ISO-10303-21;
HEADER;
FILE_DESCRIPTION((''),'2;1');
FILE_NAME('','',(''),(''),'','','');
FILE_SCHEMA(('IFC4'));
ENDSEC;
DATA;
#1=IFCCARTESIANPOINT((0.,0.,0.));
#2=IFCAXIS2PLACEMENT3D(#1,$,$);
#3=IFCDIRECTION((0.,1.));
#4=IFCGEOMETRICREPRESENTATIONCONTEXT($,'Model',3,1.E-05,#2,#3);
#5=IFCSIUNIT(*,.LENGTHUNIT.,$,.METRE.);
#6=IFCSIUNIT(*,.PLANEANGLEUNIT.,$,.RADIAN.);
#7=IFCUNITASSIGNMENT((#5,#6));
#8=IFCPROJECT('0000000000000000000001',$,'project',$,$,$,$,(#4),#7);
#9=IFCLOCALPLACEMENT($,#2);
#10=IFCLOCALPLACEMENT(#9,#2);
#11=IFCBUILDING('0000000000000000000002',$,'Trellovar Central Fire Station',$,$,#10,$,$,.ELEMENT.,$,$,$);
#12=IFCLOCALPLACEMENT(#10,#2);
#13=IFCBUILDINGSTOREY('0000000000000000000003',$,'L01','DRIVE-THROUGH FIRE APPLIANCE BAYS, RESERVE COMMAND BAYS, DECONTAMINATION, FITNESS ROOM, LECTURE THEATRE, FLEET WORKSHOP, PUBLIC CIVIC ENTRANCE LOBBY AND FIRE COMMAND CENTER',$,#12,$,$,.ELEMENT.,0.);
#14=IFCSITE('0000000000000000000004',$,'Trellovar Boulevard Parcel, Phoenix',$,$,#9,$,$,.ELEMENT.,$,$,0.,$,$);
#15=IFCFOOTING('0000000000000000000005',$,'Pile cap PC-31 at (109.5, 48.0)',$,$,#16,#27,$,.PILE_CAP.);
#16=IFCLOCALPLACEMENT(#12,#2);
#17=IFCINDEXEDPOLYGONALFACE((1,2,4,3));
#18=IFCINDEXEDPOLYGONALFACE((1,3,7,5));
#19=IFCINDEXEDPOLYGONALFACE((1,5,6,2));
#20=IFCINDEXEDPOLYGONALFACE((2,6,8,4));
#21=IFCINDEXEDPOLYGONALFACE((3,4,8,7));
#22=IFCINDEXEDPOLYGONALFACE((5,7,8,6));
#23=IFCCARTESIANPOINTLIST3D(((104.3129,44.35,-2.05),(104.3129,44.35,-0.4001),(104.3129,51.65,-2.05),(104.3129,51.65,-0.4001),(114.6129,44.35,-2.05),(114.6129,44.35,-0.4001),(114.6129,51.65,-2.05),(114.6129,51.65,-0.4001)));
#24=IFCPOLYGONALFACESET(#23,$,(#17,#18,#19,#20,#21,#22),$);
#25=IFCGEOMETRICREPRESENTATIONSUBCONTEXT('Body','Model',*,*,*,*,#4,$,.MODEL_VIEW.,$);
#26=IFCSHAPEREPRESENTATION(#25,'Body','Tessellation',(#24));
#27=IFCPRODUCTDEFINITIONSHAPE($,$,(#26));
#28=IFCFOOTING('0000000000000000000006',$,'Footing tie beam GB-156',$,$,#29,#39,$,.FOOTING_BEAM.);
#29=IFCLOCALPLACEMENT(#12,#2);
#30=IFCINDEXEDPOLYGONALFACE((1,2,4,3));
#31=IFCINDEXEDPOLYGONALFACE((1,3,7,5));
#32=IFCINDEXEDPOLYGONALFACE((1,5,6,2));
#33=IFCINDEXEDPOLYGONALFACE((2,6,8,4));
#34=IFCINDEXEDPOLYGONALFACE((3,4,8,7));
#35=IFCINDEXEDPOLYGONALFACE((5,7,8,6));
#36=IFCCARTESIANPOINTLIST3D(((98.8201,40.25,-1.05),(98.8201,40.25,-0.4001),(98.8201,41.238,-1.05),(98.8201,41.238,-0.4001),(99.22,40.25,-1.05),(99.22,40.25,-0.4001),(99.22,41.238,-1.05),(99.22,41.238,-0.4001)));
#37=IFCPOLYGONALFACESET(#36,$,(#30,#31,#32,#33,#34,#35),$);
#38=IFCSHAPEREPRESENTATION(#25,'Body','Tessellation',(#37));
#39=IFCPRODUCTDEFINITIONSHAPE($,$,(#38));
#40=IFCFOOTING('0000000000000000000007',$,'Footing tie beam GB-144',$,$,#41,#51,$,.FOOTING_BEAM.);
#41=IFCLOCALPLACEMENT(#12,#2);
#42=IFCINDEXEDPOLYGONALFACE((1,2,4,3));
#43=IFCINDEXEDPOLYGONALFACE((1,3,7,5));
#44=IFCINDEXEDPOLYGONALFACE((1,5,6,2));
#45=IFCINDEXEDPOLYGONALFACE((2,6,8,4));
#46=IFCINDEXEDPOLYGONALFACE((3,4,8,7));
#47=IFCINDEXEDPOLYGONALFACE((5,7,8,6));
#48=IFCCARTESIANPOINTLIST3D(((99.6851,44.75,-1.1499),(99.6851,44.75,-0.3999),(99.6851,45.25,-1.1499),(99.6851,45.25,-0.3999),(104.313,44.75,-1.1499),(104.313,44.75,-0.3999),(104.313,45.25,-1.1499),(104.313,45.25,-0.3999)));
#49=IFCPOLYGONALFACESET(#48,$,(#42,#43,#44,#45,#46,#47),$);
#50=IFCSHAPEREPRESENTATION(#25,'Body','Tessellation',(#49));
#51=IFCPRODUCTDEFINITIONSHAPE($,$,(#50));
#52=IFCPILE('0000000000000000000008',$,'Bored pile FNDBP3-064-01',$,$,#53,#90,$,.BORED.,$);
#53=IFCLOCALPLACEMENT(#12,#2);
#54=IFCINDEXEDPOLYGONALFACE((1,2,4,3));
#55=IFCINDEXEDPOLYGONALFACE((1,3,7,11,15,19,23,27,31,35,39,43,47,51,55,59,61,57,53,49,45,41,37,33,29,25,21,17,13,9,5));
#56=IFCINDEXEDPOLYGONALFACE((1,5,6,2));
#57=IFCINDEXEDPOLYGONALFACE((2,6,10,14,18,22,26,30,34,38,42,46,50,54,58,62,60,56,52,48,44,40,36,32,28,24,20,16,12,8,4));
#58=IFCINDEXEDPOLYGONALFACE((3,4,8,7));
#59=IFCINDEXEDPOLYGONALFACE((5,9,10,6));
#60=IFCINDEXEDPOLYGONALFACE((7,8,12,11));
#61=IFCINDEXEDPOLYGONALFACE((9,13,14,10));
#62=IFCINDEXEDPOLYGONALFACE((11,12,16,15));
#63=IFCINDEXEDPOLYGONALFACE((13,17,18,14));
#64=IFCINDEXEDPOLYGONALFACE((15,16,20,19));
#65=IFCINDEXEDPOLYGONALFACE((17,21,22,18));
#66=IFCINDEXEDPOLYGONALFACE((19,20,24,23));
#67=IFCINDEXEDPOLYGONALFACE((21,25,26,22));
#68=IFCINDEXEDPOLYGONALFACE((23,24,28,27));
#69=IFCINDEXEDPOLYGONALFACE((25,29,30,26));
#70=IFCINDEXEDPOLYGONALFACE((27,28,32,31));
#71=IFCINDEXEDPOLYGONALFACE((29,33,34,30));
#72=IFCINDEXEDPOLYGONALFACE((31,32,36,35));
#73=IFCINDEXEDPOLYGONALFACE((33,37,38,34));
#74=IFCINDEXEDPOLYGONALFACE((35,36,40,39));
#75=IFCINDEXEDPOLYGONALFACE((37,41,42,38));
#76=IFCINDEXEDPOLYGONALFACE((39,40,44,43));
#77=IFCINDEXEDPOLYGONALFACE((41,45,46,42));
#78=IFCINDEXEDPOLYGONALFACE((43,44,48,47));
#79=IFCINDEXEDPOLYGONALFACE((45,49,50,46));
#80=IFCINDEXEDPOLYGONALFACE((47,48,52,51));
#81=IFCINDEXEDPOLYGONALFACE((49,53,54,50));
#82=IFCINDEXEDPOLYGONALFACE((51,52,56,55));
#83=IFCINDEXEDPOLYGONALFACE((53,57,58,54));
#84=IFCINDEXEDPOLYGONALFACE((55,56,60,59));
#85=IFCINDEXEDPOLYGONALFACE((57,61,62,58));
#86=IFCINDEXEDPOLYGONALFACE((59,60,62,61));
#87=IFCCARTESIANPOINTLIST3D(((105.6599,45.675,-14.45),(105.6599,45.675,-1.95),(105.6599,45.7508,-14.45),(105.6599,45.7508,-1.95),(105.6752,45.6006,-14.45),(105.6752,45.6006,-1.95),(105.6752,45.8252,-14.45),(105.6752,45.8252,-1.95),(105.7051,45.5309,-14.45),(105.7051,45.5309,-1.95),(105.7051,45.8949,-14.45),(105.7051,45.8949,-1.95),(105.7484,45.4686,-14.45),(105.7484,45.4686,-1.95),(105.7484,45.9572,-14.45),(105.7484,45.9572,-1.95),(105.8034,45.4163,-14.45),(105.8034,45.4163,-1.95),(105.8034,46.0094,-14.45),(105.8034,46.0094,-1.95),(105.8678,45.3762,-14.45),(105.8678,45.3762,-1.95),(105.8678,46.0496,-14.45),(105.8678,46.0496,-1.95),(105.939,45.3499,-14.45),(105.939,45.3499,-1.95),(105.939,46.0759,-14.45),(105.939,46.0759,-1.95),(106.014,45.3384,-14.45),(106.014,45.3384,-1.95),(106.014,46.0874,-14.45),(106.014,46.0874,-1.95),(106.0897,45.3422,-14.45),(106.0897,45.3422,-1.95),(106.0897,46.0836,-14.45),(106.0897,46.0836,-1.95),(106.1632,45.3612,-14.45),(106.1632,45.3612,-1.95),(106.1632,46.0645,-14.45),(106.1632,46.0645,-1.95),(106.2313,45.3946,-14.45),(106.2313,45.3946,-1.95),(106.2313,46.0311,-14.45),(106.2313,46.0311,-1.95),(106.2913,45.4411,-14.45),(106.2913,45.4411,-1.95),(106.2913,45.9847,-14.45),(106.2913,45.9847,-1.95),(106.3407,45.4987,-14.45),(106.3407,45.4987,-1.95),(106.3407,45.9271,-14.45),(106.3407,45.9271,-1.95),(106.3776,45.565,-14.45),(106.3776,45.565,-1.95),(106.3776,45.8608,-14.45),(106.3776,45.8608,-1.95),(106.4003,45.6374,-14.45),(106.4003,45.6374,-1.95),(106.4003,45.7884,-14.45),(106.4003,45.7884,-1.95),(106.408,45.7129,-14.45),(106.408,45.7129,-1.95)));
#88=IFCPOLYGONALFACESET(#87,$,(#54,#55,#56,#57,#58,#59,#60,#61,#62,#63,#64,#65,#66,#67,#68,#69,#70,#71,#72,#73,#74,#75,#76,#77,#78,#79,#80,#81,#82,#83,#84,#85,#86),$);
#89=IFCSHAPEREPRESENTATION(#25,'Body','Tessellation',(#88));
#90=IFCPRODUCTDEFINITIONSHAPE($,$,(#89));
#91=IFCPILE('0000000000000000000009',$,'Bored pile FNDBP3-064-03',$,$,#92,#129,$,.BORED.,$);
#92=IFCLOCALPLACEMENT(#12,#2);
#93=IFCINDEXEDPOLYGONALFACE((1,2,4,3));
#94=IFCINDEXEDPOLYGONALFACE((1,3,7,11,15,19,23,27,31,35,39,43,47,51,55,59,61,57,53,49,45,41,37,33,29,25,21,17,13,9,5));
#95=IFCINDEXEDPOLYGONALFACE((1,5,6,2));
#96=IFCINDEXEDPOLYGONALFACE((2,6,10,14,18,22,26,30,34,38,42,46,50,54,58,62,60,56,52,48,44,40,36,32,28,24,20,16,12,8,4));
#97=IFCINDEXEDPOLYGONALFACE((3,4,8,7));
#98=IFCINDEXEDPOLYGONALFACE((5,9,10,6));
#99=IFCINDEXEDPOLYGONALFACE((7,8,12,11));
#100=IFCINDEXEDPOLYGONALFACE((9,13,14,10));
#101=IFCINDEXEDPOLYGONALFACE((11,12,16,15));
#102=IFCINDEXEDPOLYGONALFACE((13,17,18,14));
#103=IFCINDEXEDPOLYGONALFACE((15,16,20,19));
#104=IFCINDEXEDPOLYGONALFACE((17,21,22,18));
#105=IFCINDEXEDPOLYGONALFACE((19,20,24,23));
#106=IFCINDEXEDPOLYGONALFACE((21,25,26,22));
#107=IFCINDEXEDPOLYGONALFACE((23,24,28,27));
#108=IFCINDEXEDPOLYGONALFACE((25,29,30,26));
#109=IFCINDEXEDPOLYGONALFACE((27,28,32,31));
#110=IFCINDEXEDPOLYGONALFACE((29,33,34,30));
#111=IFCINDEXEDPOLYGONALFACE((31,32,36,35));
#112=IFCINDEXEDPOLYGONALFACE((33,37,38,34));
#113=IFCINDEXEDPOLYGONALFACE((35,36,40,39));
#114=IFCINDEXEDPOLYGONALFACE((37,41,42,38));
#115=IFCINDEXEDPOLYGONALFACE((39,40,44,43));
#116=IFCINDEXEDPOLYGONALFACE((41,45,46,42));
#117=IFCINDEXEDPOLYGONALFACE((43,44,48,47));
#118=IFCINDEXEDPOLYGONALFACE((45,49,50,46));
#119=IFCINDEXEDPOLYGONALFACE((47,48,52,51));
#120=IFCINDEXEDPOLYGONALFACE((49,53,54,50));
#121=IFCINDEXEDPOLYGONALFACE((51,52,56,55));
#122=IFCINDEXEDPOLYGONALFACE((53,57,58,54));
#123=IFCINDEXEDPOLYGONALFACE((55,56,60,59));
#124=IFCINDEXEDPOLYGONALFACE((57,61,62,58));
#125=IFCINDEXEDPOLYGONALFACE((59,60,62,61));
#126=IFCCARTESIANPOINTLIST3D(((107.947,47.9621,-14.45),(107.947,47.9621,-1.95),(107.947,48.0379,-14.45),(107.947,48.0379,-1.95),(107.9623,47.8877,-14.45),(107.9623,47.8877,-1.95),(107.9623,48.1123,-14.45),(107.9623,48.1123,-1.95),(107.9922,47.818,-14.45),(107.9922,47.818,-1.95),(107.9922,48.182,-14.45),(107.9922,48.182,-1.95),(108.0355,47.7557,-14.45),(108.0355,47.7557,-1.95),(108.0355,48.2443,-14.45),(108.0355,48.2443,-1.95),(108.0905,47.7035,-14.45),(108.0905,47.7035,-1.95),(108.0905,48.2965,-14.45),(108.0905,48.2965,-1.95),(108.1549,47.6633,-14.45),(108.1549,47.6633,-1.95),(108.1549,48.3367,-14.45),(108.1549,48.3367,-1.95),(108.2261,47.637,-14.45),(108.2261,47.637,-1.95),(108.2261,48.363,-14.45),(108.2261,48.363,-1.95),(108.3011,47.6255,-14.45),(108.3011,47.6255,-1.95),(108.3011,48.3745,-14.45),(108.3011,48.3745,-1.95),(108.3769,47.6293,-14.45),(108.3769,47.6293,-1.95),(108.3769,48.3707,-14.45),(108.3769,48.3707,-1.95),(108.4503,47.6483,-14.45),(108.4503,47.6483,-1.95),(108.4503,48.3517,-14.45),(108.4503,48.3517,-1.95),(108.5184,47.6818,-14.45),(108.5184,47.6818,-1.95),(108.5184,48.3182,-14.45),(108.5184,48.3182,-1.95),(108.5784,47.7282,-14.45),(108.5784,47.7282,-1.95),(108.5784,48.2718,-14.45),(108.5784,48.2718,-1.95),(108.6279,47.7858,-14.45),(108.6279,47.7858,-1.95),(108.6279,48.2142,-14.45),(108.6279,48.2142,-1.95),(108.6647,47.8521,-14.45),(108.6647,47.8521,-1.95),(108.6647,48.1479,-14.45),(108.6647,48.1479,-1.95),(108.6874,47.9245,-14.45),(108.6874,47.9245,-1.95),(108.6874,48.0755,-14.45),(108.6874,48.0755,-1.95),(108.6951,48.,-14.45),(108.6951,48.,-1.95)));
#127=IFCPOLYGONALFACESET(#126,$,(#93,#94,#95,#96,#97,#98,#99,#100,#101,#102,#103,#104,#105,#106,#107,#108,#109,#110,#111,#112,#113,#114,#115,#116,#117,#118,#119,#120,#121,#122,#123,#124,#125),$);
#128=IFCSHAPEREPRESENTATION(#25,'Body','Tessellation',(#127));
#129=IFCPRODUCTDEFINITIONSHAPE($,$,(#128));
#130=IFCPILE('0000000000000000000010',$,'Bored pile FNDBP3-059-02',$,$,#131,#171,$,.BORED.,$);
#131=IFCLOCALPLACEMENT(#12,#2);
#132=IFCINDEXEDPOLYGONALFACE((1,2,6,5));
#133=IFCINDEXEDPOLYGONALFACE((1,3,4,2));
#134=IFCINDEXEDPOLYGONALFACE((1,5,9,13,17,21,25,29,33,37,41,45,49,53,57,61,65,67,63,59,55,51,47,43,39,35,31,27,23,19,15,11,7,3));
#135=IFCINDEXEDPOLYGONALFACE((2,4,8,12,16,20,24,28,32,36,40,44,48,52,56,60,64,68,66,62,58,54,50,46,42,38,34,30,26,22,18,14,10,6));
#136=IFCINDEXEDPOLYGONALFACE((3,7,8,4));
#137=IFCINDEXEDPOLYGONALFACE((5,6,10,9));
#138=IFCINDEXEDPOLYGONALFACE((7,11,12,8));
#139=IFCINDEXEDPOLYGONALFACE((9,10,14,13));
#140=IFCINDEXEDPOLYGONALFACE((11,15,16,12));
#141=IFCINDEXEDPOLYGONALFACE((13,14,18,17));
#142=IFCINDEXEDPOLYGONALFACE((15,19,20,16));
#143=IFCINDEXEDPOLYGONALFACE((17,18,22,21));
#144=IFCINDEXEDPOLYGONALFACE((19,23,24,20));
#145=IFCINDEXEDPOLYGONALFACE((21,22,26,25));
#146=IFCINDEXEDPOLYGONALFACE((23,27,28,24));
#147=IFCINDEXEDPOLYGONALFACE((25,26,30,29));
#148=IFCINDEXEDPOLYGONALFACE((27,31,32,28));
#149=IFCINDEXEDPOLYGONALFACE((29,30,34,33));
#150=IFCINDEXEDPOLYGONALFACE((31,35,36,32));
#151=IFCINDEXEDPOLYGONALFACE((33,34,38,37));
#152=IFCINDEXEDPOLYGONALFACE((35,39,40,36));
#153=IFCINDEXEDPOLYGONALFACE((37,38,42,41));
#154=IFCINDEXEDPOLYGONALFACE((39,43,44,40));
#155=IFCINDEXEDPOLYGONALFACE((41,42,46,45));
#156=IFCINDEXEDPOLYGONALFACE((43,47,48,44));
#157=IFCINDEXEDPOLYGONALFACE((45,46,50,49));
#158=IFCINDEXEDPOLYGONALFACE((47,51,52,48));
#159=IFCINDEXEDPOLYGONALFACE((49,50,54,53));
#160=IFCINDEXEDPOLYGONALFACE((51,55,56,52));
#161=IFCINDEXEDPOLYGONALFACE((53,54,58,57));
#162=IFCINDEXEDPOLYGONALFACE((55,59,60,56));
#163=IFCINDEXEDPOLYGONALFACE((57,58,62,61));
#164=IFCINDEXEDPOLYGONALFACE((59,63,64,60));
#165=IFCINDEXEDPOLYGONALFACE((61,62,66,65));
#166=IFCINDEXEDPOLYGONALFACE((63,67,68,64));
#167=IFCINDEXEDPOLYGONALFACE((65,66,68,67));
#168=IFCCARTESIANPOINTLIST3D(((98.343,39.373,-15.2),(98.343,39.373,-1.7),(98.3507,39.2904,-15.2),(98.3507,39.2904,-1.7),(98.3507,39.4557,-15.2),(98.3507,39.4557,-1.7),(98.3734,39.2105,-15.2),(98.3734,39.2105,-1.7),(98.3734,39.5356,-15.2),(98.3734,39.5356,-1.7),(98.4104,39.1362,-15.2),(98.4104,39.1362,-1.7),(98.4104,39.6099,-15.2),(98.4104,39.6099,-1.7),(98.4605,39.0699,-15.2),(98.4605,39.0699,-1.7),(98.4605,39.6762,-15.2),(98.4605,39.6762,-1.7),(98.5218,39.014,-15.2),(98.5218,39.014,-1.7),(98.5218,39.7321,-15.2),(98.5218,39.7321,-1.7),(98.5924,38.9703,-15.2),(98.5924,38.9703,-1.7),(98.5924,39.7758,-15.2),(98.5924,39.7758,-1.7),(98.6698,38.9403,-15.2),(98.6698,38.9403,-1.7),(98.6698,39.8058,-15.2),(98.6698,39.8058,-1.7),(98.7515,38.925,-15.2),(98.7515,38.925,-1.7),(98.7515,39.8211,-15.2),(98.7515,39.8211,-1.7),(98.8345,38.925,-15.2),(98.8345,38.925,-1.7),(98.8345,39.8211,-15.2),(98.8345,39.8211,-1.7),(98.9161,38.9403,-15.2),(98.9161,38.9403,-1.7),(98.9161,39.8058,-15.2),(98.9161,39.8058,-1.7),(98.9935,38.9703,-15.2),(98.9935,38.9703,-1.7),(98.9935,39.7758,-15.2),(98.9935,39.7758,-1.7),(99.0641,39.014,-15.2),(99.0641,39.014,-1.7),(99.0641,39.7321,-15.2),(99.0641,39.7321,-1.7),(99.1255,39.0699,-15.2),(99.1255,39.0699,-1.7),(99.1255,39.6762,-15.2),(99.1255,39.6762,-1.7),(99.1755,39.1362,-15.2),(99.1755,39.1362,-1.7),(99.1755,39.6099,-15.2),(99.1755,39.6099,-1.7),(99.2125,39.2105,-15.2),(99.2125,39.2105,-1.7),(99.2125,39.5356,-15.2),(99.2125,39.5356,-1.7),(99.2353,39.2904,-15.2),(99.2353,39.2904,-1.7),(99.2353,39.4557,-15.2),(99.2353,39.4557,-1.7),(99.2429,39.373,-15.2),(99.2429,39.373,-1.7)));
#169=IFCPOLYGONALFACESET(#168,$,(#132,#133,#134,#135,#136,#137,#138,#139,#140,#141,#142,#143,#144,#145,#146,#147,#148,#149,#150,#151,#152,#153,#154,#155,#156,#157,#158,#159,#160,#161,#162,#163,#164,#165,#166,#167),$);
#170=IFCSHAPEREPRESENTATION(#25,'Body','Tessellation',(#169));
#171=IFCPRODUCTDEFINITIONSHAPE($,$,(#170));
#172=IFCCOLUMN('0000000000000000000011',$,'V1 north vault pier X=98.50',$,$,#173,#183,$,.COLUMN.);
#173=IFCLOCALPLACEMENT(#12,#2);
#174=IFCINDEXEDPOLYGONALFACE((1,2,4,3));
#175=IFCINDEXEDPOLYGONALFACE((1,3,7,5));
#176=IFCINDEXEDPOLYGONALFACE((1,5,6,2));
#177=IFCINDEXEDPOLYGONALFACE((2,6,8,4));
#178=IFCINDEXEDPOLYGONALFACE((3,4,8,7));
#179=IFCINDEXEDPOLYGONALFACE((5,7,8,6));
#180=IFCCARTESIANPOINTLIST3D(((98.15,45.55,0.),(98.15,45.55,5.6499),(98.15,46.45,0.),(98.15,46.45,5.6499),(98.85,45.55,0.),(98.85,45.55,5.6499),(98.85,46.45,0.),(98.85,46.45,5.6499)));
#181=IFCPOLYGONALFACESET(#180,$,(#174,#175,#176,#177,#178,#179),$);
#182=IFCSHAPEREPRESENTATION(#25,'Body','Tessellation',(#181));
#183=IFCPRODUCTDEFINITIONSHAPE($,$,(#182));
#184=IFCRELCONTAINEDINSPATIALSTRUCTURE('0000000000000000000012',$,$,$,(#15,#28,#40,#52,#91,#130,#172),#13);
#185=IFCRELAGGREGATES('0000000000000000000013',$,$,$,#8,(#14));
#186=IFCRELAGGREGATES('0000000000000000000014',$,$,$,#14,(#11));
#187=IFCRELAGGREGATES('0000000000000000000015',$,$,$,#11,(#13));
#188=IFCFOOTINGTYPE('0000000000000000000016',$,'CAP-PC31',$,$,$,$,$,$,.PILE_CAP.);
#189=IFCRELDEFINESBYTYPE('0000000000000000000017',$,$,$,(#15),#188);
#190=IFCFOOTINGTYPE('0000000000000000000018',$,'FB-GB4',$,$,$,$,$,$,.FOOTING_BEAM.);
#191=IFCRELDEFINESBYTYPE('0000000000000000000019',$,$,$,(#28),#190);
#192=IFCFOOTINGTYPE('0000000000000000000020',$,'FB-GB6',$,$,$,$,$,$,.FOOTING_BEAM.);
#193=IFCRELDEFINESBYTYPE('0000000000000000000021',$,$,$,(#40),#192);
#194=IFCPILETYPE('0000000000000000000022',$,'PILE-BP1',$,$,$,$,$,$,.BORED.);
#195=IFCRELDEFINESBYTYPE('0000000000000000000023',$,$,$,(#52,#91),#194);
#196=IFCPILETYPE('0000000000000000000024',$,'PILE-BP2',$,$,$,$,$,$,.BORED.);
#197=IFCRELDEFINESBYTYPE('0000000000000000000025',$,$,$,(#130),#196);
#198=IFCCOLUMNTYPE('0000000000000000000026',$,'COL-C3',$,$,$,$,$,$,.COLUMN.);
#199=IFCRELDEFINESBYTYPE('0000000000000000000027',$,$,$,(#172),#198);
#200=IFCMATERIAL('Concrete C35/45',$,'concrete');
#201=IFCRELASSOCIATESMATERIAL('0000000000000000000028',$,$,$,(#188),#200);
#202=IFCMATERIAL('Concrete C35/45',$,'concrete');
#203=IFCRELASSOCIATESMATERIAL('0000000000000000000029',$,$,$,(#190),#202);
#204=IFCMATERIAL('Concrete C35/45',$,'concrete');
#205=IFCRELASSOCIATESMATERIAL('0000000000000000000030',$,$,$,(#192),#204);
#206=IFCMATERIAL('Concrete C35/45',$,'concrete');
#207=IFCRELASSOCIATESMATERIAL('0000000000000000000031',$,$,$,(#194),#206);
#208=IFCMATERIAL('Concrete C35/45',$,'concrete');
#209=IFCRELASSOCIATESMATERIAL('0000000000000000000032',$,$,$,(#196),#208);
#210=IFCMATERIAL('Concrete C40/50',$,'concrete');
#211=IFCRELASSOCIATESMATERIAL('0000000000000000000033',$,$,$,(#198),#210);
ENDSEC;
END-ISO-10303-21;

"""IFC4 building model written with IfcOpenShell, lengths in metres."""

from ifc_helpers import new_model, si_unit, direction, frame, origin, origin_2d, place, context, subcontext, project, spatial, rectangle, circle, extrude, material, material_profile, profile_set, type_object, element, save


model = new_model("IFC4")

# Units and contexts
model_context = context("Model", 3, precision=1e-05, world=origin(), true_north=direction((0.0, 1.0)))
body_context = subcontext(model_context, "Body", "Model", "MODEL_VIEW")
ifc_project = project(units=[si_unit("LENGTHUNIT", "METRE"), si_unit("PLANEANGLEUNIT", "RADIAN")], contexts=[model_context])

# Site, building, storey
site_placement = place(None, origin())
site = spatial("IfcSite", under=ifc_project, at=site_placement, Name="Trellovar Boulevard Parcel, Phoenix", CompositionType="ELEMENT", RefElevation=0.0)
building_placement = place(site_placement, origin())
building = spatial("IfcBuilding", under=site, at=building_placement, Name="Trellovar Central Fire Station", CompositionType="ELEMENT")
storey_placement = place(building_placement, origin())
storey = spatial("IfcBuildingStorey", under=building, at=storey_placement, Name="L01", Description="DRIVE-THROUGH FIRE APPLIANCE BAYS, RESERVE COMMAND BAYS, DECONTAMINATION, FITNESS ROOM, LECTURE THEATRE, FLEET WORKSHOP, PUBLIC CIVIC ENTRANCE LOBBY AND FIRE COMMAND CENTER", CompositionType="ELEMENT", Elevation=0.0)

# Footings
ifc_material_1 = material(Name="Concrete C35/45", Category="concrete")
footing_type_1 = type_object("IfcFootingType", Name="CAP-PC31", PredefinedType="PILE_CAP", material=ifc_material_1)
footing_1_placement = place(storey_placement, frame((109.4629, 48.0, -2.05), z_axis=(0.0, 0.0, 1.0), x_axis=(1.0, 0.0, 0.0)))
element("IfcFooting", 1, at=footing_1_placement, inside=storey, type_object=footing_type_1, Name="Pile cap PC-31 at (109.5, 48.0)", PredefinedType="PILE_CAP", context=body_context, shape_type="SweptSolid", body=[
    extrude(rectangle(XDim=10.3, YDim=7.3, at=origin_2d()), origin(), (0.0, 0.0, 1.0), 1.6499),
])
ifc_material_2 = material(Name="Concrete C35/45", Category="concrete")
ifc_material_profile_1 = material_profile(ifc_material_2, rectangle(XDim=0.3999, YDim=0.6499, at=origin_2d()), Name="RC400X650")
ifc_profile_set_1 = profile_set([ifc_material_profile_1], Name="Concrete C35/45")
footing_type_2 = type_object("IfcFootingType", Name="FB-GB4", PredefinedType="FOOTING_BEAM", material=ifc_profile_set_1)
footing_2_placement = place(storey_placement, frame((99.02, 40.25, -0.7251), z_axis=(0.0, 1.0, 0.0), x_axis=(-1.0, 0.0, 0.0)))
element("IfcFooting", 2, at=footing_2_placement, inside=storey, type_object=footing_type_2, Name="Footing tie beam GB-156", PredefinedType="FOOTING_BEAM", context=body_context, shape_type="SweptSolid", body=[
    extrude(rectangle(XDim=0.3999, YDim=0.6499, at=origin_2d()), origin(), (0.0, 0.0, 1.0), 0.988),
])
ifc_material_3 = material(Name="Concrete C35/45", Category="concrete")
ifc_material_profile_2 = material_profile(ifc_material_3, rectangle(XDim=0.5, YDim=0.75, at=origin_2d()), Name="RC500X750")
ifc_profile_set_2 = profile_set([ifc_material_profile_2], Name="Concrete C35/45")
footing_type_3 = type_object("IfcFootingType", Name="FB-GB6", PredefinedType="FOOTING_BEAM", material=ifc_profile_set_2)
footing_3_placement = place(storey_placement, frame((99.6851, 45.0, -0.7749), z_axis=(1.0, 0.0, 0.0), x_axis=(0.0, 1.0, 0.0)))
element("IfcFooting", 3, at=footing_3_placement, inside=storey, type_object=footing_type_3, Name="Footing tie beam GB-144", PredefinedType="FOOTING_BEAM", context=body_context, shape_type="SweptSolid", body=[
    extrude(rectangle(XDim=0.5, YDim=0.75, at=origin_2d()), origin(), (0.0, 0.0, 1.0), 4.6279),
])

# Piles
ifc_material_4 = material(Name="Concrete C35/45", Category="concrete")
ifc_material_profile_3 = material_profile(ifc_material_4, circle(Radius=0.375, at=origin_2d()), Name="PILE750")
ifc_profile_set_3 = profile_set([ifc_material_profile_3], Name="Concrete C35/45")
pile_type_1 = type_object("IfcPileType", Name="PILE-BP1", PredefinedType="BORED", material=ifc_profile_set_3)
for number, where, z_axis, x_axis, name in (
    (4, (106.033, 45.7129, -1.95), (0.0, 0.0, -1.0), (1.0, 0.0, 0.0), "Bored pile FNDBP3-064-01"),
    (5, (108.3201, 48.0, -1.95), (0.0, 0.0, -1.0), (1.0, 0.0, 0.0), "Bored pile FNDBP3-064-03"),
):
    element("IfcPile", number, at=place(storey_placement, frame(where, z_axis=z_axis, x_axis=x_axis)), inside=storey, type_object=pile_type_1, Name=name, PredefinedType="BORED", context=body_context, shape_type="SweptSolid", body=[
        extrude(circle(Radius=0.375, at=origin_2d()), origin(), (0.0, 0.0, 1.0), 12.5),
    ])
ifc_material_5 = material(Name="Concrete C35/45", Category="concrete")
ifc_material_profile_4 = material_profile(ifc_material_5, circle(Radius=0.45, at=origin_2d()), Name="PILE900")
ifc_profile_set_4 = profile_set([ifc_material_profile_4], Name="Concrete C35/45")
pile_type_2 = type_object("IfcPileType", Name="PILE-BP2", PredefinedType="BORED", material=ifc_profile_set_4)
pile_placement = place(storey_placement, frame((98.793, 39.373, -1.7), z_axis=(0.0, 0.0, -1.0), x_axis=(1.0, 0.0, 0.0)))
element("IfcPile", 6, at=pile_placement, inside=storey, type_object=pile_type_2, Name="Bored pile FNDBP3-059-02", PredefinedType="BORED", context=body_context, shape_type="SweptSolid", body=[
    extrude(circle(Radius=0.45, at=origin_2d()), origin(), (0.0, 0.0, 1.0), 13.5),
])

# Column
ifc_material_6 = material(Name="Concrete C40/50", Category="concrete")
ifc_material_profile_5 = material_profile(ifc_material_6, rectangle(XDim=0.7, YDim=0.8999, at=origin_2d()), Name="RC700X900")
ifc_profile_set_5 = profile_set([ifc_material_profile_5], Name="Concrete C40/50")
column_type_1 = type_object("IfcColumnType", Name="COL-C3", PredefinedType="COLUMN", material=ifc_profile_set_5)
column_1_placement = place(storey_placement, frame((98.5, 46.0, 0.0), z_axis=(0.0, 0.0, 1.0), x_axis=(1.0, 0.0, 0.0)))
element("IfcColumn", 7, at=column_1_placement, inside=storey, type_object=column_type_1, Name="V1 north vault pier X=98.50", PredefinedType="COLUMN", context=body_context, shape_type="SweptSolid", body=[
    extrude(rectangle(XDim=0.7, YDim=0.8999, at=origin_2d()), origin(), (0.0, 0.0, 1.0), 5.6499),
])

save(model, "model.ifc")
